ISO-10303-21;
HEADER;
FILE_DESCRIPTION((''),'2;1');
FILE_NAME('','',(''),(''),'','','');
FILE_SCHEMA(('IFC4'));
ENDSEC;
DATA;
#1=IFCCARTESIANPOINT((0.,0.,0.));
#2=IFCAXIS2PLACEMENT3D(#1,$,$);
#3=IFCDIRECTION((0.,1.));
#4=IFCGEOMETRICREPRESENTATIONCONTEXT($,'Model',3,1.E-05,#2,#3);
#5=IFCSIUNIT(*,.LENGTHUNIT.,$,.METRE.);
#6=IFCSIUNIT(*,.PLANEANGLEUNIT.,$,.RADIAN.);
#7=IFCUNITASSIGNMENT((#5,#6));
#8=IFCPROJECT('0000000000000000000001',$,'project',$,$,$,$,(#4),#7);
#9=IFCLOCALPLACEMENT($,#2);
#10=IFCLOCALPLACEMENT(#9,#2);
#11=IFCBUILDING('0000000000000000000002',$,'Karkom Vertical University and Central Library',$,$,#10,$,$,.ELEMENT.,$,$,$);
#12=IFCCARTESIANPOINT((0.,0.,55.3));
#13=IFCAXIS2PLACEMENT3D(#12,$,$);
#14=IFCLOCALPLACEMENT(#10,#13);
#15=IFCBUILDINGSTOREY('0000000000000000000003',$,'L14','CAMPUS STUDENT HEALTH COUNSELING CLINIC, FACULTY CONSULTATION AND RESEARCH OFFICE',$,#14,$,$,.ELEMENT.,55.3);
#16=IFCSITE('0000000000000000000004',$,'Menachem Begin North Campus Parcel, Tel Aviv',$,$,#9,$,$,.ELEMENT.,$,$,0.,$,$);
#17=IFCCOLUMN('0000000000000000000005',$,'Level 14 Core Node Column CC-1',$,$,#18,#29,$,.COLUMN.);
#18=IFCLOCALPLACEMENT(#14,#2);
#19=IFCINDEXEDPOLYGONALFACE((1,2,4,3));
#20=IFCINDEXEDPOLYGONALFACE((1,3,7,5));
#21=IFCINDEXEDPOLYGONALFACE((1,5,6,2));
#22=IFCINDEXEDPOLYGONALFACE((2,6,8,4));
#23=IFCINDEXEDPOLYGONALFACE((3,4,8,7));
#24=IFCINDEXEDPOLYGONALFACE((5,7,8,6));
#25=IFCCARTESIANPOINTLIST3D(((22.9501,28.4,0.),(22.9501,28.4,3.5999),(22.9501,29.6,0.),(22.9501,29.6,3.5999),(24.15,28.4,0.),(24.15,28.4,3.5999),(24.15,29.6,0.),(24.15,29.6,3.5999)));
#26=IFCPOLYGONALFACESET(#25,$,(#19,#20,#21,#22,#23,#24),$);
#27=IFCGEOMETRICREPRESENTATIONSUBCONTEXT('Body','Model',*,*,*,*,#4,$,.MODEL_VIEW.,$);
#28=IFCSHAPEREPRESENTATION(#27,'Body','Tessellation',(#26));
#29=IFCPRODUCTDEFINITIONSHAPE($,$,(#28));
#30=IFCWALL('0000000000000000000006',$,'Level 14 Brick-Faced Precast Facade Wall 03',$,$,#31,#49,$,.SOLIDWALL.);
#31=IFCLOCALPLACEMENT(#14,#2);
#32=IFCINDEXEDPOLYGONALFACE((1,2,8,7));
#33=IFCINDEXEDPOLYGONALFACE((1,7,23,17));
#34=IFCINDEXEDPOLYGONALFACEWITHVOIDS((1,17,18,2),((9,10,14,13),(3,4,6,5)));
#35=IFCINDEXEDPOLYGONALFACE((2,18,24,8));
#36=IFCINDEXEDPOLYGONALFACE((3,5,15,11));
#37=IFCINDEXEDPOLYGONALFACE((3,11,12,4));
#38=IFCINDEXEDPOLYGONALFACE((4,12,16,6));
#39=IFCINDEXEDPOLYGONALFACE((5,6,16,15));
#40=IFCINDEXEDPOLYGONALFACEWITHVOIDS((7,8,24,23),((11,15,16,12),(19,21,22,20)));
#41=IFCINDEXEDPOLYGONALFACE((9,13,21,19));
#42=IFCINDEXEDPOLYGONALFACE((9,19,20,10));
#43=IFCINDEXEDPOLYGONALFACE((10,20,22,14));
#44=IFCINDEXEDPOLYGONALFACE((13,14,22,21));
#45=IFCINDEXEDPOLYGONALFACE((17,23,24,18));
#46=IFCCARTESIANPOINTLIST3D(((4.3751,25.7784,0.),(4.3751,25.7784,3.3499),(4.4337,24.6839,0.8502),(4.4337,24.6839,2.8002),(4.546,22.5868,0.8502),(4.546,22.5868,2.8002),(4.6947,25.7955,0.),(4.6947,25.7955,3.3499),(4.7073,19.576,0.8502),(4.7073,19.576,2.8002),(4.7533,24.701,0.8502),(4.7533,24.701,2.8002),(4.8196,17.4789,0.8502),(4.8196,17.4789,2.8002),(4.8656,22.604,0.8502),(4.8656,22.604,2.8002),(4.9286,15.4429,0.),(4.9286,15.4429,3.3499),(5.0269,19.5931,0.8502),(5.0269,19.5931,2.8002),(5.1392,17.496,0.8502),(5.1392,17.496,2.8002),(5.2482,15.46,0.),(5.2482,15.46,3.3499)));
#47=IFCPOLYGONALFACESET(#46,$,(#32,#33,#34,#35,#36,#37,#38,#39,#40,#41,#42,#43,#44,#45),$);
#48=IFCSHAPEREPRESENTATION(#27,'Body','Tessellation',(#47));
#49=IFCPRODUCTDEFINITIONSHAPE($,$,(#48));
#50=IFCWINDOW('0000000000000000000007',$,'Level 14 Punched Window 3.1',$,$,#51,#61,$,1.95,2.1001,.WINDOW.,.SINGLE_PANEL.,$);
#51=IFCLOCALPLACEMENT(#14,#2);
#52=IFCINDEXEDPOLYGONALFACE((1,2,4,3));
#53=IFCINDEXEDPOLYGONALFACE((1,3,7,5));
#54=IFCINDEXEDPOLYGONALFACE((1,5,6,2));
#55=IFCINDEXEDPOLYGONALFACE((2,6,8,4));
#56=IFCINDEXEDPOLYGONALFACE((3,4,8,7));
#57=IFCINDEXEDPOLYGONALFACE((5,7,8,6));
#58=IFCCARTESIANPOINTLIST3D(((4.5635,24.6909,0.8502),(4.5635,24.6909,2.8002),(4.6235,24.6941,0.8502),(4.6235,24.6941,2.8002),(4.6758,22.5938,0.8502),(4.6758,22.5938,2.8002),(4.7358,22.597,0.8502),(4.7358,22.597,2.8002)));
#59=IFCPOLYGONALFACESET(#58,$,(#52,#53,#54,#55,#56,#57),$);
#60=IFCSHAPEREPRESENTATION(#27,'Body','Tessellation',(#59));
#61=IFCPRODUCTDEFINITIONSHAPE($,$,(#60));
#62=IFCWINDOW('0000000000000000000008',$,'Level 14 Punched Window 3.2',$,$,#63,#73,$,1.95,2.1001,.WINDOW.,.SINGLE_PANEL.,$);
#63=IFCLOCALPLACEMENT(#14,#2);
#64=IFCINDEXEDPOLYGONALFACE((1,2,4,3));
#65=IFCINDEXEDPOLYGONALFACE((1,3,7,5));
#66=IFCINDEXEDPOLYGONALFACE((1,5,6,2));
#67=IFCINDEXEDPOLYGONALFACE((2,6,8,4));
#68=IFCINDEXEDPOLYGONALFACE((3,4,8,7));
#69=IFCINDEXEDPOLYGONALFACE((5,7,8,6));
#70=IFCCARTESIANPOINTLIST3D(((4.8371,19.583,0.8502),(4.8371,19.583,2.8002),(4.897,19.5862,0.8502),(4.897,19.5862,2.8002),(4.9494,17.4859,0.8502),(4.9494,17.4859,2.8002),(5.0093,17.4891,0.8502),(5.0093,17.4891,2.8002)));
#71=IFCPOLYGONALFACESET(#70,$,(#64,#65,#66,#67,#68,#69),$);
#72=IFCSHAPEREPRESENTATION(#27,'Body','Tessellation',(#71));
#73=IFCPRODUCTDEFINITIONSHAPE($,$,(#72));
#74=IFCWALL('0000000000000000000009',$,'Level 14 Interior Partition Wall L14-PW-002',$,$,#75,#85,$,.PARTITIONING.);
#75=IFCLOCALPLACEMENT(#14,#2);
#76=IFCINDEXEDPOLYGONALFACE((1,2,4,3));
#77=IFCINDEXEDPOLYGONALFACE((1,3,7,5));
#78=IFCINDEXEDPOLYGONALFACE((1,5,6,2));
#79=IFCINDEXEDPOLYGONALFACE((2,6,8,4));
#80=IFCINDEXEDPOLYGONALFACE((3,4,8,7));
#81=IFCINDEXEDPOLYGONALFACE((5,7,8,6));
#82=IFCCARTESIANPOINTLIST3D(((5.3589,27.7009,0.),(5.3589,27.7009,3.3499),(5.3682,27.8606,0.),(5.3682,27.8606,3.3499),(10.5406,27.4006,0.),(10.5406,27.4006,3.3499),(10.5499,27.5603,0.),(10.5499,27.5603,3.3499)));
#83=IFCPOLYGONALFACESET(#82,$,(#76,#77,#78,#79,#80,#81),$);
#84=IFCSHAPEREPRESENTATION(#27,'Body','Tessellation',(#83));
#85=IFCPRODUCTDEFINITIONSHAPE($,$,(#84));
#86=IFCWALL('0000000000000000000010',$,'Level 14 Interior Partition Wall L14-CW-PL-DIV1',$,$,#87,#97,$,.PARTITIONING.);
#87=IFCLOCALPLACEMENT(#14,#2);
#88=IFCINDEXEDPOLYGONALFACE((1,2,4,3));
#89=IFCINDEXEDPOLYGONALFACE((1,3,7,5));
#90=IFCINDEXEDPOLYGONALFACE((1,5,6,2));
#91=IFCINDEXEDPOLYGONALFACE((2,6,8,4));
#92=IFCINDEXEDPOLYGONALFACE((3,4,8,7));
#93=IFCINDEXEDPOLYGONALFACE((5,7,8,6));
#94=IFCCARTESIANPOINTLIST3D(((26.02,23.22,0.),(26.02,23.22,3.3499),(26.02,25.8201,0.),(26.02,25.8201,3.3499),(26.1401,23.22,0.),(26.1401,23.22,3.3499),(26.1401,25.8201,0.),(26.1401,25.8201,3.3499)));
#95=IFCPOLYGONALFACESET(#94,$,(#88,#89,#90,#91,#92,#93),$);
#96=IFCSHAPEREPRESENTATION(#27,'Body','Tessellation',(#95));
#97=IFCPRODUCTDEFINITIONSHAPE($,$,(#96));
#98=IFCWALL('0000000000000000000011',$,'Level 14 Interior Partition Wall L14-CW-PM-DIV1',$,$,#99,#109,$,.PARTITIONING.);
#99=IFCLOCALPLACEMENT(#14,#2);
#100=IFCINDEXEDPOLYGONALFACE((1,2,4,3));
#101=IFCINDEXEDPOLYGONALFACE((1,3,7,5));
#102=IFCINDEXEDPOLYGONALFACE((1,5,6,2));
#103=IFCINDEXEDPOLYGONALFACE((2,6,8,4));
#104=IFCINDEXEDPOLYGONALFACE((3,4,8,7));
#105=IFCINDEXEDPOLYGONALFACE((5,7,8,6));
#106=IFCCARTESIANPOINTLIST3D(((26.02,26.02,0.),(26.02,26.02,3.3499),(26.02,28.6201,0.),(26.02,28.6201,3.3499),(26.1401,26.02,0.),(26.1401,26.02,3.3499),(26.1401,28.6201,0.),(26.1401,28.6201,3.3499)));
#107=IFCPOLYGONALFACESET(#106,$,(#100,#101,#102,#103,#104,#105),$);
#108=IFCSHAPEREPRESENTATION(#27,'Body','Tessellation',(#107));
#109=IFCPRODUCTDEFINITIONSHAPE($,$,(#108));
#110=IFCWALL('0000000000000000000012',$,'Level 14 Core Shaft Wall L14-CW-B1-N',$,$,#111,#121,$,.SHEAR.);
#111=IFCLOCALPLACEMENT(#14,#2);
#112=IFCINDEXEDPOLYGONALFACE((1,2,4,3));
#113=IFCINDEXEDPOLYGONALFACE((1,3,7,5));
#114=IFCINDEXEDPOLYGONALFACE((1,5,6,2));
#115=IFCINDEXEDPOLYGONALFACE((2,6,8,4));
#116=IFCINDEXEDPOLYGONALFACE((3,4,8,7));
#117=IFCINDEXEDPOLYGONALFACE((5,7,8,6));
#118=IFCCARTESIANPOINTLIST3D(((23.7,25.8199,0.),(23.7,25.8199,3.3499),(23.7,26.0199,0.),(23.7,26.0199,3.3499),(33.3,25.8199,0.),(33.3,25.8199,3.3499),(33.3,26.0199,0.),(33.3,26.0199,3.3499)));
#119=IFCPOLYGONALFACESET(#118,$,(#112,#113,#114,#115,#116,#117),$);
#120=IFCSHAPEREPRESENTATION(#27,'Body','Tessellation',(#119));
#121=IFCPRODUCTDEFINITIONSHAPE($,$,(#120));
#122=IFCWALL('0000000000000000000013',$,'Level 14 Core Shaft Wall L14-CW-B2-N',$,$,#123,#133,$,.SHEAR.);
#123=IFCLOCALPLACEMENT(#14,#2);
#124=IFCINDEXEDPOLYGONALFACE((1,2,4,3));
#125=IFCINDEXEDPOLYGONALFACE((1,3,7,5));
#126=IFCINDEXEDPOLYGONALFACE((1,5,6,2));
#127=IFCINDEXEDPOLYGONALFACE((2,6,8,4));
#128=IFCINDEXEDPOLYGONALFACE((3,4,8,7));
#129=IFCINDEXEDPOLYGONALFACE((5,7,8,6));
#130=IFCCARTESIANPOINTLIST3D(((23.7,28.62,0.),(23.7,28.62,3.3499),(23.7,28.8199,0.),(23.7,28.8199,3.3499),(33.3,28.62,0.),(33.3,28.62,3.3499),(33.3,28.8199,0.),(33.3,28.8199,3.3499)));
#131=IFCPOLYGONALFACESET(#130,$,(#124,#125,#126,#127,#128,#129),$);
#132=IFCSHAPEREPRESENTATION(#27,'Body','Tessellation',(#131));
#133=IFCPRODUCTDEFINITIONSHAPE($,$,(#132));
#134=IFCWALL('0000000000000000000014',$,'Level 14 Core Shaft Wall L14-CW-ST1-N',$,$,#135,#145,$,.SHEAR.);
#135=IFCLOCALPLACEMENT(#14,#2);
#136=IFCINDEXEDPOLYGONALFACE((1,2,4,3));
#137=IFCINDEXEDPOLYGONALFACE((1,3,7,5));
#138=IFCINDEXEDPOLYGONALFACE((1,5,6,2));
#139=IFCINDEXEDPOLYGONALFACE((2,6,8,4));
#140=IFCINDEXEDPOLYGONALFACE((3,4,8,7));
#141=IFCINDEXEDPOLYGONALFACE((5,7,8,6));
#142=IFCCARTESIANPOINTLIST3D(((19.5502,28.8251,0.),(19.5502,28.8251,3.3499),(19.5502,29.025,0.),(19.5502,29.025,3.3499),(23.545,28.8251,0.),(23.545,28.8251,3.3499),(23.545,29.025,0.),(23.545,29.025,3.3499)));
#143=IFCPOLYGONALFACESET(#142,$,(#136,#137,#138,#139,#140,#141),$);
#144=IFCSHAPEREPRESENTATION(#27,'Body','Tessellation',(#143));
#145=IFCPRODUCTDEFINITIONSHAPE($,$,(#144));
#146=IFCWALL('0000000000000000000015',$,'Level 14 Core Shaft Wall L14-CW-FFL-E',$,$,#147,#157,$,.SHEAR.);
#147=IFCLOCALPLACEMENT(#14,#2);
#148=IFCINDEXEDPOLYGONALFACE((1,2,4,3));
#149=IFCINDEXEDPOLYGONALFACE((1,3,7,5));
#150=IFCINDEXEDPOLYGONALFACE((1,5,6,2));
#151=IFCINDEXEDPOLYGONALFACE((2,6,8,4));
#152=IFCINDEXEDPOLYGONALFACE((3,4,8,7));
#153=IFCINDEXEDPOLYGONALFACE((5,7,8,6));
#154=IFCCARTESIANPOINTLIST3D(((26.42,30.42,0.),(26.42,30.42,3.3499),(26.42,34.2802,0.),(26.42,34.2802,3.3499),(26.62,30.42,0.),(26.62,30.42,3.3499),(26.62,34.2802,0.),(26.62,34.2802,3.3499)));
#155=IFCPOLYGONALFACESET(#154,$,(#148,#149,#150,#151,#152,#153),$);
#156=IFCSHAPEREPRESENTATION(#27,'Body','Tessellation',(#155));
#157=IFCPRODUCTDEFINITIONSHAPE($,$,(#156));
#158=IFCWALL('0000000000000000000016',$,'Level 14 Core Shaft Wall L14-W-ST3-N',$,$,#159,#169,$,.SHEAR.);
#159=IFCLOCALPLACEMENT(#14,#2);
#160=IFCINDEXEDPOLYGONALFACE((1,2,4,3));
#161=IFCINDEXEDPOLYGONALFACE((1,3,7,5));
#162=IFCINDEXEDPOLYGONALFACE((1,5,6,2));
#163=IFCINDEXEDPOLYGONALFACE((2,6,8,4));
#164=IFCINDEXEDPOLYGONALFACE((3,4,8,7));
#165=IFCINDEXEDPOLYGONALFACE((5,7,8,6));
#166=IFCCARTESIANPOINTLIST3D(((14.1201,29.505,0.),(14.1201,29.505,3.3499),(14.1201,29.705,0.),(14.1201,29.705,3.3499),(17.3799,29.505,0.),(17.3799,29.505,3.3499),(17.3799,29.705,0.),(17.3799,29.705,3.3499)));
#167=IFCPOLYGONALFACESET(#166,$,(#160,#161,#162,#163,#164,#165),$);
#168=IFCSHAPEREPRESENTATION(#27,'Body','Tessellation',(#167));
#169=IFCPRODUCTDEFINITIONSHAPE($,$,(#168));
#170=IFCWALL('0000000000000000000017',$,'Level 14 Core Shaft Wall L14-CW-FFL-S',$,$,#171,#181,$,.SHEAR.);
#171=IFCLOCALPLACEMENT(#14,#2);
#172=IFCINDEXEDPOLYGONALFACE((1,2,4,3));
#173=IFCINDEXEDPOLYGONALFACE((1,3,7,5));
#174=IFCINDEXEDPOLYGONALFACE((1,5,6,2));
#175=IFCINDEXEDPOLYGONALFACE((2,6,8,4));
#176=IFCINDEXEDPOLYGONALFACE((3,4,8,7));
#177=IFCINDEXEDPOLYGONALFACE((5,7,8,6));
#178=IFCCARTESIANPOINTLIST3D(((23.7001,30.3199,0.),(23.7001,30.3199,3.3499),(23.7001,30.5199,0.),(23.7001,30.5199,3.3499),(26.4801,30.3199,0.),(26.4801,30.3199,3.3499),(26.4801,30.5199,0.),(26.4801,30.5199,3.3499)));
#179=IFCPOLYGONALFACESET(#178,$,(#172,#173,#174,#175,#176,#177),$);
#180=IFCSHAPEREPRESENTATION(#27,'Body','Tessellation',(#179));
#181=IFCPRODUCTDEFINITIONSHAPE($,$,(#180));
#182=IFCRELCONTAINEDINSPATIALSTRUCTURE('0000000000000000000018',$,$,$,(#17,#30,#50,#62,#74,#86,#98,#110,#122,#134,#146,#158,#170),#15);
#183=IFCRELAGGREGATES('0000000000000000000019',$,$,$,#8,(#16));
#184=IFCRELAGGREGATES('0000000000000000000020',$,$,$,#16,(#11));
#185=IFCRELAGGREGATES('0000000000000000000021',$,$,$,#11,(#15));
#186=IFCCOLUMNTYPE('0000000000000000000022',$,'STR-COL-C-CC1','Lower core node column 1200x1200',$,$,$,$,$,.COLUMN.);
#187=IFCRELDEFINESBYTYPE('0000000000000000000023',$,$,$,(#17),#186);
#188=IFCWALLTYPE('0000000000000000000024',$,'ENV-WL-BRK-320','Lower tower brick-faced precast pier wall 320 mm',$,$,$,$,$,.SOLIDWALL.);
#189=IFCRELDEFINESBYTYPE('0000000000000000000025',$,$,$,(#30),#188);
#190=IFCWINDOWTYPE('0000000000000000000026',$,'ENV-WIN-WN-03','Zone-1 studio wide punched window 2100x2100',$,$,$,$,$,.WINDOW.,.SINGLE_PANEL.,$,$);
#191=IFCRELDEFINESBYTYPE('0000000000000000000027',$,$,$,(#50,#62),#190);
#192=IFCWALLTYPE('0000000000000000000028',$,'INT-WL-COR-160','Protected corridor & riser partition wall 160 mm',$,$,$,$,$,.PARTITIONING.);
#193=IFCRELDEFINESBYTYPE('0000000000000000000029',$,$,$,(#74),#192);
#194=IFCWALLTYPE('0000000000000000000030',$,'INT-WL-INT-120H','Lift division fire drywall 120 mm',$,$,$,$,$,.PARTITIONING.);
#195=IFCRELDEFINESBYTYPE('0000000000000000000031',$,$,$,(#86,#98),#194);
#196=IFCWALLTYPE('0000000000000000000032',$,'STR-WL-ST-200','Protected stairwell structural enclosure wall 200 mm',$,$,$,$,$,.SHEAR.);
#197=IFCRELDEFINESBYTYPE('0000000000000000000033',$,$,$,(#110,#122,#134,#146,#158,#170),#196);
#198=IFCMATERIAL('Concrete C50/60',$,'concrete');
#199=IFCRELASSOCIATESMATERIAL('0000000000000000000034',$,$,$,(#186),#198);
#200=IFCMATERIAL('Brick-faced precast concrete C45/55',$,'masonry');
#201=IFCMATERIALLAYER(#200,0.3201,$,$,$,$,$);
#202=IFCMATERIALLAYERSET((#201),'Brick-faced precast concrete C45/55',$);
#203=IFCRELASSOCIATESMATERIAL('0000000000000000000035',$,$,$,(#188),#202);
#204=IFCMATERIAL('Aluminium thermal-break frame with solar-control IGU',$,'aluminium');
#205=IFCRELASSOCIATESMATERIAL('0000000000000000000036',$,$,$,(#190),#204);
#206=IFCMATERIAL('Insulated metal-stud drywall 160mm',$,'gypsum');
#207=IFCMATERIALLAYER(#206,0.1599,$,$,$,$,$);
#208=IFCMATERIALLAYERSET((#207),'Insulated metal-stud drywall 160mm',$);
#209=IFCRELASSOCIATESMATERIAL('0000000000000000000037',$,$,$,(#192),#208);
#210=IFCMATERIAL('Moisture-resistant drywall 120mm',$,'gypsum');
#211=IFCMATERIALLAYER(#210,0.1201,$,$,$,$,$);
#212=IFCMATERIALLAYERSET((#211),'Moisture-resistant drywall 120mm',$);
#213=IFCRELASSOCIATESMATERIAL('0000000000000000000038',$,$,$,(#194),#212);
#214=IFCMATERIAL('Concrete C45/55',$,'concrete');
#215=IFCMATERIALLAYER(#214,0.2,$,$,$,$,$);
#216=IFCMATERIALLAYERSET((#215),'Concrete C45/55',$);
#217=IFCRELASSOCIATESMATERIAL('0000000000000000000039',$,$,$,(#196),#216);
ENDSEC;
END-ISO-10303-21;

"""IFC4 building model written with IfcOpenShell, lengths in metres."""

from ifc_helpers import new_model, si_unit, direction, frame, frame_2d, origin, origin_with_axes, origin_2d, place, context, subcontext, project, spatial, rectangle, extrude, source, transform, mapped, material, layer, layer_set, material_profile, profile_set, type_object, element, fill, save


model = new_model("IFC4")

# Units and contexts
model_context = context("Model", 3, precision=1e-05, world=origin(), true_north=direction((0.0, 1.0)))
body_context = subcontext(model_context, "Body", "Model", "MODEL_VIEW")
ifc_project = project(units=[si_unit("LENGTHUNIT", "METRE"), si_unit("PLANEANGLEUNIT", "RADIAN")], contexts=[model_context])

# Site, building, storey
site_placement = place(None, origin())
site = spatial("IfcSite", under=ifc_project, at=site_placement, Name="Menachem Begin North Campus Parcel, Tel Aviv", CompositionType="ELEMENT", RefElevation=0.0)
building_placement = place(site_placement, origin())
building = spatial("IfcBuilding", under=site, at=building_placement, Name="Karkom Vertical University and Central Library", CompositionType="ELEMENT")
storey_placement = place(building_placement, frame((0.0, 0.0, 55.3)))
storey = spatial("IfcBuildingStorey", under=building, at=storey_placement, Name="L14", Description="CAMPUS STUDENT HEALTH COUNSELING CLINIC, FACULTY CONSULTATION AND RESEARCH OFFICE", CompositionType="ELEMENT", Elevation=55.3)

# Column
ifc_material_1 = material(Name="Concrete C50/60", Category="concrete")
ifc_material_profile = material_profile(ifc_material_1, rectangle(XDim=1.2, YDim=1.2, at=origin_2d()), Name="RC-1200x1200")
ifc_profile_set = profile_set([ifc_material_profile], Name="Concrete C50/60")
column_type = type_object("IfcColumnType", Name="STR-COL-C-CC1", Description="Lower core node column 1200x1200", PredefinedType="COLUMN", material=ifc_profile_set)
shared_shape_1 = source(origin_with_axes(), body_context, "Body", "SweptSolid", [
    extrude(rectangle(XDim=1.2, YDim=1.2, at=origin_2d()), origin(), (0.0, 0.0, 1.0), 3.5999),
])
column_placement = place(storey_placement, frame((23.55, 29.0, 0.0), z_axis=(0.0, 0.0, 1.0), x_axis=(1.0, 0.0, 0.0)))
element("IfcColumn", 1, at=column_placement, inside=storey, type_object=column_type, Name="Level 14 Core Node Column CC-1", PredefinedType="COLUMN", context=body_context, shape_type="MappedRepresentation", body=[
    mapped(shared_shape_1, transform((0.0, 0.0, 0.0), scale=1.0)),
])

# Wall, openings, windows
ifc_material_2 = material(Name="Brick-faced precast concrete C45/55", Category="masonry")
ifc_layer_1 = layer(ifc_material_2, 0.3201)
ifc_layer_set_1 = layer_set([ifc_layer_1], Name="Brick-faced precast concrete C45/55")
wall_type_1 = type_object("IfcWallType", Name="ENV-WL-BRK-320", Description="Lower tower brick-faced precast pier wall 320 mm", PredefinedType="SOLIDWALL", material=ifc_layer_set_1)
wall_1_placement = place(storey_placement, frame((4.5349, 25.7871, 0.0), z_axis=(0.0, 0.0, 1.0), x_axis=(0.053474, -0.998569, 0.0)))
wall_1 = element("IfcWall", 2, at=wall_1_placement, inside=storey, type_object=wall_type_1, Name="Level 14 Brick-Faced Precast Facade Wall 03", PredefinedType="SOLIDWALL", context=body_context, shape_type="SweptSolid", body=[
    extrude(rectangle(XDim=10.3503, YDim=0.3201, at=frame_2d((5.1753, 0.0))), origin(), (0.0, 0.0, 1.0), 3.3499),
])
opening_1_placement = place(wall_1_placement, frame((1.0962, 0.0, 0.8501)))
opening_1 = element("IfcOpeningElement", 3, at=opening_1_placement, cuts=wall_1, PredefinedType="OPENING", context=body_context, shape_type="SweptSolid", body=[
    extrude(rectangle(XDim=2.1001, YDim=1.95, at=frame_2d((1.05, 0.9751))), frame((0.0, 0.1699, 0.0), z_axis=(0.0, -1.0, 0.0), x_axis=(1.0, 0.0, 0.0)), (0.0, 0.0, 1.0), 0.3401),
])
opening_2_placement = place(wall_1_placement, frame((6.2114, 0.0, 0.8501)))
opening_2 = element("IfcOpeningElement", 4, at=opening_2_placement, cuts=wall_1, PredefinedType="OPENING", context=body_context, shape_type="SweptSolid", body=[
    extrude(rectangle(XDim=2.1001, YDim=1.95, at=frame_2d((1.05, 0.9751))), frame((0.0, 0.1699, 0.0), z_axis=(0.0, -1.0, 0.0), x_axis=(1.0, 0.0, 0.0)), (0.0, 0.0, 1.0), 0.3401),
])
ifc_material_3 = material(Name="Aluminium thermal-break frame with solar-control IGU", Category="aluminium")
window_type = type_object("IfcWindowType", Name="ENV-WIN-WN-03", Description="Zone-1 studio wide punched window 2100x2100", PartitioningType="SINGLE_PANEL", PredefinedType="WINDOW", material=ifc_material_3)
shared_shape_2 = source(origin_with_axes(), body_context, "Body", "SweptSolid", [
    extrude(rectangle(XDim=2.1001, YDim=1.95, at=frame_2d((1.05, 0.9751))), frame((0.0, 0.03, 0.0), z_axis=(0.0, -1.0, 0.0), x_axis=(1.0, 0.0, 0.0)), (0.0, 0.0, 1.0), 0.0601),
])
window_1_placement = place(opening_1_placement, origin())
window_1 = element("IfcWindow", 5, at=window_1_placement, inside=storey, type_object=window_type, Name="Level 14 Punched Window 3.1", OverallHeight=1.95, OverallWidth=2.1001, PartitioningType="SINGLE_PANEL", PredefinedType="WINDOW", context=body_context, shape_type="MappedRepresentation", body=[
    mapped(shared_shape_2, transform((0.0, 0.0, 0.0), scale=1.0)),
])
fill(opening_1, window_1)
window_2_placement = place(opening_2_placement, origin())
window_2 = element("IfcWindow", 6, at=window_2_placement, inside=storey, type_object=window_type, Name="Level 14 Punched Window 3.2", OverallHeight=1.95, OverallWidth=2.1001, PartitioningType="SINGLE_PANEL", PredefinedType="WINDOW", context=body_context, shape_type="MappedRepresentation", body=[
    mapped(shared_shape_2, transform((0.0, 0.0, 0.0), scale=1.0)),
])
fill(opening_2, window_2)

# Walls
ifc_material_4 = material(Name="Insulated metal-stud drywall 160mm", Category="gypsum")
ifc_layer_2 = layer(ifc_material_4, 0.1599)
ifc_layer_set_2 = layer_set([ifc_layer_2], Name="Insulated metal-stud drywall 160mm")
wall_type_2 = type_object("IfcWallType", Name="INT-WL-COR-160", Description="Protected corridor & riser partition wall 160 mm", PredefinedType="PARTITIONING", material=ifc_layer_set_2)
wall_2_placement = place(storey_placement, frame((5.3635, 27.7808, 0.0), z_axis=(0.0, 0.0, 1.0), x_axis=(0.998325, -0.057856, 0.0)))
element("IfcWall", 7, at=wall_2_placement, inside=storey, type_object=wall_type_2, Name="Level 14 Interior Partition Wall L14-PW-002", PredefinedType="PARTITIONING", context=body_context, shape_type="SweptSolid", body=[
    extrude(rectangle(XDim=5.1904, YDim=0.1599, at=frame_2d((2.5952, 0.0))), origin(), (0.0, 0.0, 1.0), 3.3499),
])
ifc_material_5 = material(Name="Moisture-resistant drywall 120mm", Category="gypsum")
ifc_layer_3 = layer(ifc_material_5, 0.1201)
ifc_layer_set_3 = layer_set([ifc_layer_3], Name="Moisture-resistant drywall 120mm")
wall_type_3 = type_object("IfcWallType", Name="INT-WL-INT-120H", Description="Lift division fire drywall 120 mm", PredefinedType="PARTITIONING", material=ifc_layer_set_3)
for number, where, z_axis, x_axis, name in (
    (8, (26.0801, 23.22, 0.0), (0.0, 0.0, 1.0), (0.0, 1.0, 0.0), "Level 14 Interior Partition Wall L14-CW-PL-DIV1"),
    (9, (26.0801, 26.02, 0.0), (0.0, 0.0, 1.0), (0.0, 1.0, 0.0), "Level 14 Interior Partition Wall L14-CW-PM-DIV1"),
):
    element("IfcWall", number, at=place(storey_placement, frame(where, z_axis=z_axis, x_axis=x_axis)), inside=storey, type_object=wall_type_3, Name=name, PredefinedType="PARTITIONING", context=body_context, shape_type="SweptSolid", body=[
        extrude(rectangle(XDim=2.6001, YDim=0.1201, at=frame_2d((1.3, 0.0))), origin(), (0.0, 0.0, 1.0), 3.3499),
    ])
ifc_material_6 = material(Name="Concrete C45/55", Category="concrete")
ifc_layer_4 = layer(ifc_material_6, 0.2)
ifc_layer_set_4 = layer_set([ifc_layer_4], Name="Concrete C45/55")
wall_type_4 = type_object("IfcWallType", Name="STR-WL-ST-200", Description="Protected stairwell structural enclosure wall 200 mm", PredefinedType="SHEAR", material=ifc_layer_set_4)
for number, where, z_axis, x_axis, name in (
    (10, (23.7, 25.9199, 0.0), (0.0, 0.0, 1.0), (1.0, 0.0, 0.0), "Level 14 Core Shaft Wall L14-CW-B1-N"),
    (11, (23.7, 28.72, 0.0), (0.0, 0.0, 1.0), (1.0, 0.0, 0.0), "Level 14 Core Shaft Wall L14-CW-B2-N"),
):
    element("IfcWall", number, at=place(storey_placement, frame(where, z_axis=z_axis, x_axis=x_axis)), inside=storey, type_object=wall_type_4, Name=name, PredefinedType="SHEAR", context=body_context, shape_type="SweptSolid", body=[
        extrude(rectangle(XDim=9.6001, YDim=0.2, at=frame_2d((4.8, 0.0))), origin(), (0.0, 0.0, 1.0), 3.3499),
    ])
wall_3_placement = place(storey_placement, frame((19.55, 28.925, 0.0), z_axis=(0.0, 0.0, 1.0), x_axis=(1.0, 0.0, 0.0)))
element("IfcWall", 12, at=wall_3_placement, inside=storey, type_object=wall_type_4, Name="Level 14 Core Shaft Wall L14-CW-ST1-N", PredefinedType="SHEAR", context=body_context, shape_type="SweptSolid", body=[
    extrude(rectangle(XDim=3.9949, YDim=0.2, at=frame_2d((1.9976, 0.0))), origin(), (0.0, 0.0, 1.0), 3.3499),
])
wall_4_placement = place(storey_placement, frame((26.52, 30.4199, 0.0), z_axis=(0.0, 0.0, 1.0), x_axis=(0.0, 1.0, 0.0)))
element("IfcWall", 13, at=wall_4_placement, inside=storey, type_object=wall_type_4, Name="Level 14 Core Shaft Wall L14-CW-FFL-E", PredefinedType="SHEAR", context=body_context, shape_type="SweptSolid", body=[
    extrude(rectangle(XDim=3.8601, YDim=0.2, at=frame_2d((1.9302, 0.0))), origin(), (0.0, 0.0, 1.0), 3.3499),
])
wall_5_placement = place(storey_placement, frame((14.1201, 29.605, 0.0), z_axis=(0.0, 0.0, 1.0), x_axis=(1.0, 0.0, 0.0)))
element("IfcWall", 14, at=wall_5_placement, inside=storey, type_object=wall_type_4, Name="Level 14 Core Shaft Wall L14-W-ST3-N", PredefinedType="SHEAR", context=body_context, shape_type="SweptSolid", body=[
    extrude(rectangle(XDim=3.2598, YDim=0.2, at=frame_2d((1.6299, 0.0))), origin(), (0.0, 0.0, 1.0), 3.3499),
])
wall_6_placement = place(storey_placement, frame((23.7, 30.4199, 0.0), z_axis=(0.0, 0.0, 1.0), x_axis=(1.0, 0.0, 0.0)))
element("IfcWall", 15, at=wall_6_placement, inside=storey, type_object=wall_type_4, Name="Level 14 Core Shaft Wall L14-CW-FFL-S", PredefinedType="SHEAR", context=body_context, shape_type="SweptSolid", body=[
    extrude(rectangle(XDim=2.78, YDim=0.2, at=frame_2d((1.3901, 0.0))), origin(), (0.0, 0.0, 1.0), 3.3499),
])

save(model, "model.ifc")
